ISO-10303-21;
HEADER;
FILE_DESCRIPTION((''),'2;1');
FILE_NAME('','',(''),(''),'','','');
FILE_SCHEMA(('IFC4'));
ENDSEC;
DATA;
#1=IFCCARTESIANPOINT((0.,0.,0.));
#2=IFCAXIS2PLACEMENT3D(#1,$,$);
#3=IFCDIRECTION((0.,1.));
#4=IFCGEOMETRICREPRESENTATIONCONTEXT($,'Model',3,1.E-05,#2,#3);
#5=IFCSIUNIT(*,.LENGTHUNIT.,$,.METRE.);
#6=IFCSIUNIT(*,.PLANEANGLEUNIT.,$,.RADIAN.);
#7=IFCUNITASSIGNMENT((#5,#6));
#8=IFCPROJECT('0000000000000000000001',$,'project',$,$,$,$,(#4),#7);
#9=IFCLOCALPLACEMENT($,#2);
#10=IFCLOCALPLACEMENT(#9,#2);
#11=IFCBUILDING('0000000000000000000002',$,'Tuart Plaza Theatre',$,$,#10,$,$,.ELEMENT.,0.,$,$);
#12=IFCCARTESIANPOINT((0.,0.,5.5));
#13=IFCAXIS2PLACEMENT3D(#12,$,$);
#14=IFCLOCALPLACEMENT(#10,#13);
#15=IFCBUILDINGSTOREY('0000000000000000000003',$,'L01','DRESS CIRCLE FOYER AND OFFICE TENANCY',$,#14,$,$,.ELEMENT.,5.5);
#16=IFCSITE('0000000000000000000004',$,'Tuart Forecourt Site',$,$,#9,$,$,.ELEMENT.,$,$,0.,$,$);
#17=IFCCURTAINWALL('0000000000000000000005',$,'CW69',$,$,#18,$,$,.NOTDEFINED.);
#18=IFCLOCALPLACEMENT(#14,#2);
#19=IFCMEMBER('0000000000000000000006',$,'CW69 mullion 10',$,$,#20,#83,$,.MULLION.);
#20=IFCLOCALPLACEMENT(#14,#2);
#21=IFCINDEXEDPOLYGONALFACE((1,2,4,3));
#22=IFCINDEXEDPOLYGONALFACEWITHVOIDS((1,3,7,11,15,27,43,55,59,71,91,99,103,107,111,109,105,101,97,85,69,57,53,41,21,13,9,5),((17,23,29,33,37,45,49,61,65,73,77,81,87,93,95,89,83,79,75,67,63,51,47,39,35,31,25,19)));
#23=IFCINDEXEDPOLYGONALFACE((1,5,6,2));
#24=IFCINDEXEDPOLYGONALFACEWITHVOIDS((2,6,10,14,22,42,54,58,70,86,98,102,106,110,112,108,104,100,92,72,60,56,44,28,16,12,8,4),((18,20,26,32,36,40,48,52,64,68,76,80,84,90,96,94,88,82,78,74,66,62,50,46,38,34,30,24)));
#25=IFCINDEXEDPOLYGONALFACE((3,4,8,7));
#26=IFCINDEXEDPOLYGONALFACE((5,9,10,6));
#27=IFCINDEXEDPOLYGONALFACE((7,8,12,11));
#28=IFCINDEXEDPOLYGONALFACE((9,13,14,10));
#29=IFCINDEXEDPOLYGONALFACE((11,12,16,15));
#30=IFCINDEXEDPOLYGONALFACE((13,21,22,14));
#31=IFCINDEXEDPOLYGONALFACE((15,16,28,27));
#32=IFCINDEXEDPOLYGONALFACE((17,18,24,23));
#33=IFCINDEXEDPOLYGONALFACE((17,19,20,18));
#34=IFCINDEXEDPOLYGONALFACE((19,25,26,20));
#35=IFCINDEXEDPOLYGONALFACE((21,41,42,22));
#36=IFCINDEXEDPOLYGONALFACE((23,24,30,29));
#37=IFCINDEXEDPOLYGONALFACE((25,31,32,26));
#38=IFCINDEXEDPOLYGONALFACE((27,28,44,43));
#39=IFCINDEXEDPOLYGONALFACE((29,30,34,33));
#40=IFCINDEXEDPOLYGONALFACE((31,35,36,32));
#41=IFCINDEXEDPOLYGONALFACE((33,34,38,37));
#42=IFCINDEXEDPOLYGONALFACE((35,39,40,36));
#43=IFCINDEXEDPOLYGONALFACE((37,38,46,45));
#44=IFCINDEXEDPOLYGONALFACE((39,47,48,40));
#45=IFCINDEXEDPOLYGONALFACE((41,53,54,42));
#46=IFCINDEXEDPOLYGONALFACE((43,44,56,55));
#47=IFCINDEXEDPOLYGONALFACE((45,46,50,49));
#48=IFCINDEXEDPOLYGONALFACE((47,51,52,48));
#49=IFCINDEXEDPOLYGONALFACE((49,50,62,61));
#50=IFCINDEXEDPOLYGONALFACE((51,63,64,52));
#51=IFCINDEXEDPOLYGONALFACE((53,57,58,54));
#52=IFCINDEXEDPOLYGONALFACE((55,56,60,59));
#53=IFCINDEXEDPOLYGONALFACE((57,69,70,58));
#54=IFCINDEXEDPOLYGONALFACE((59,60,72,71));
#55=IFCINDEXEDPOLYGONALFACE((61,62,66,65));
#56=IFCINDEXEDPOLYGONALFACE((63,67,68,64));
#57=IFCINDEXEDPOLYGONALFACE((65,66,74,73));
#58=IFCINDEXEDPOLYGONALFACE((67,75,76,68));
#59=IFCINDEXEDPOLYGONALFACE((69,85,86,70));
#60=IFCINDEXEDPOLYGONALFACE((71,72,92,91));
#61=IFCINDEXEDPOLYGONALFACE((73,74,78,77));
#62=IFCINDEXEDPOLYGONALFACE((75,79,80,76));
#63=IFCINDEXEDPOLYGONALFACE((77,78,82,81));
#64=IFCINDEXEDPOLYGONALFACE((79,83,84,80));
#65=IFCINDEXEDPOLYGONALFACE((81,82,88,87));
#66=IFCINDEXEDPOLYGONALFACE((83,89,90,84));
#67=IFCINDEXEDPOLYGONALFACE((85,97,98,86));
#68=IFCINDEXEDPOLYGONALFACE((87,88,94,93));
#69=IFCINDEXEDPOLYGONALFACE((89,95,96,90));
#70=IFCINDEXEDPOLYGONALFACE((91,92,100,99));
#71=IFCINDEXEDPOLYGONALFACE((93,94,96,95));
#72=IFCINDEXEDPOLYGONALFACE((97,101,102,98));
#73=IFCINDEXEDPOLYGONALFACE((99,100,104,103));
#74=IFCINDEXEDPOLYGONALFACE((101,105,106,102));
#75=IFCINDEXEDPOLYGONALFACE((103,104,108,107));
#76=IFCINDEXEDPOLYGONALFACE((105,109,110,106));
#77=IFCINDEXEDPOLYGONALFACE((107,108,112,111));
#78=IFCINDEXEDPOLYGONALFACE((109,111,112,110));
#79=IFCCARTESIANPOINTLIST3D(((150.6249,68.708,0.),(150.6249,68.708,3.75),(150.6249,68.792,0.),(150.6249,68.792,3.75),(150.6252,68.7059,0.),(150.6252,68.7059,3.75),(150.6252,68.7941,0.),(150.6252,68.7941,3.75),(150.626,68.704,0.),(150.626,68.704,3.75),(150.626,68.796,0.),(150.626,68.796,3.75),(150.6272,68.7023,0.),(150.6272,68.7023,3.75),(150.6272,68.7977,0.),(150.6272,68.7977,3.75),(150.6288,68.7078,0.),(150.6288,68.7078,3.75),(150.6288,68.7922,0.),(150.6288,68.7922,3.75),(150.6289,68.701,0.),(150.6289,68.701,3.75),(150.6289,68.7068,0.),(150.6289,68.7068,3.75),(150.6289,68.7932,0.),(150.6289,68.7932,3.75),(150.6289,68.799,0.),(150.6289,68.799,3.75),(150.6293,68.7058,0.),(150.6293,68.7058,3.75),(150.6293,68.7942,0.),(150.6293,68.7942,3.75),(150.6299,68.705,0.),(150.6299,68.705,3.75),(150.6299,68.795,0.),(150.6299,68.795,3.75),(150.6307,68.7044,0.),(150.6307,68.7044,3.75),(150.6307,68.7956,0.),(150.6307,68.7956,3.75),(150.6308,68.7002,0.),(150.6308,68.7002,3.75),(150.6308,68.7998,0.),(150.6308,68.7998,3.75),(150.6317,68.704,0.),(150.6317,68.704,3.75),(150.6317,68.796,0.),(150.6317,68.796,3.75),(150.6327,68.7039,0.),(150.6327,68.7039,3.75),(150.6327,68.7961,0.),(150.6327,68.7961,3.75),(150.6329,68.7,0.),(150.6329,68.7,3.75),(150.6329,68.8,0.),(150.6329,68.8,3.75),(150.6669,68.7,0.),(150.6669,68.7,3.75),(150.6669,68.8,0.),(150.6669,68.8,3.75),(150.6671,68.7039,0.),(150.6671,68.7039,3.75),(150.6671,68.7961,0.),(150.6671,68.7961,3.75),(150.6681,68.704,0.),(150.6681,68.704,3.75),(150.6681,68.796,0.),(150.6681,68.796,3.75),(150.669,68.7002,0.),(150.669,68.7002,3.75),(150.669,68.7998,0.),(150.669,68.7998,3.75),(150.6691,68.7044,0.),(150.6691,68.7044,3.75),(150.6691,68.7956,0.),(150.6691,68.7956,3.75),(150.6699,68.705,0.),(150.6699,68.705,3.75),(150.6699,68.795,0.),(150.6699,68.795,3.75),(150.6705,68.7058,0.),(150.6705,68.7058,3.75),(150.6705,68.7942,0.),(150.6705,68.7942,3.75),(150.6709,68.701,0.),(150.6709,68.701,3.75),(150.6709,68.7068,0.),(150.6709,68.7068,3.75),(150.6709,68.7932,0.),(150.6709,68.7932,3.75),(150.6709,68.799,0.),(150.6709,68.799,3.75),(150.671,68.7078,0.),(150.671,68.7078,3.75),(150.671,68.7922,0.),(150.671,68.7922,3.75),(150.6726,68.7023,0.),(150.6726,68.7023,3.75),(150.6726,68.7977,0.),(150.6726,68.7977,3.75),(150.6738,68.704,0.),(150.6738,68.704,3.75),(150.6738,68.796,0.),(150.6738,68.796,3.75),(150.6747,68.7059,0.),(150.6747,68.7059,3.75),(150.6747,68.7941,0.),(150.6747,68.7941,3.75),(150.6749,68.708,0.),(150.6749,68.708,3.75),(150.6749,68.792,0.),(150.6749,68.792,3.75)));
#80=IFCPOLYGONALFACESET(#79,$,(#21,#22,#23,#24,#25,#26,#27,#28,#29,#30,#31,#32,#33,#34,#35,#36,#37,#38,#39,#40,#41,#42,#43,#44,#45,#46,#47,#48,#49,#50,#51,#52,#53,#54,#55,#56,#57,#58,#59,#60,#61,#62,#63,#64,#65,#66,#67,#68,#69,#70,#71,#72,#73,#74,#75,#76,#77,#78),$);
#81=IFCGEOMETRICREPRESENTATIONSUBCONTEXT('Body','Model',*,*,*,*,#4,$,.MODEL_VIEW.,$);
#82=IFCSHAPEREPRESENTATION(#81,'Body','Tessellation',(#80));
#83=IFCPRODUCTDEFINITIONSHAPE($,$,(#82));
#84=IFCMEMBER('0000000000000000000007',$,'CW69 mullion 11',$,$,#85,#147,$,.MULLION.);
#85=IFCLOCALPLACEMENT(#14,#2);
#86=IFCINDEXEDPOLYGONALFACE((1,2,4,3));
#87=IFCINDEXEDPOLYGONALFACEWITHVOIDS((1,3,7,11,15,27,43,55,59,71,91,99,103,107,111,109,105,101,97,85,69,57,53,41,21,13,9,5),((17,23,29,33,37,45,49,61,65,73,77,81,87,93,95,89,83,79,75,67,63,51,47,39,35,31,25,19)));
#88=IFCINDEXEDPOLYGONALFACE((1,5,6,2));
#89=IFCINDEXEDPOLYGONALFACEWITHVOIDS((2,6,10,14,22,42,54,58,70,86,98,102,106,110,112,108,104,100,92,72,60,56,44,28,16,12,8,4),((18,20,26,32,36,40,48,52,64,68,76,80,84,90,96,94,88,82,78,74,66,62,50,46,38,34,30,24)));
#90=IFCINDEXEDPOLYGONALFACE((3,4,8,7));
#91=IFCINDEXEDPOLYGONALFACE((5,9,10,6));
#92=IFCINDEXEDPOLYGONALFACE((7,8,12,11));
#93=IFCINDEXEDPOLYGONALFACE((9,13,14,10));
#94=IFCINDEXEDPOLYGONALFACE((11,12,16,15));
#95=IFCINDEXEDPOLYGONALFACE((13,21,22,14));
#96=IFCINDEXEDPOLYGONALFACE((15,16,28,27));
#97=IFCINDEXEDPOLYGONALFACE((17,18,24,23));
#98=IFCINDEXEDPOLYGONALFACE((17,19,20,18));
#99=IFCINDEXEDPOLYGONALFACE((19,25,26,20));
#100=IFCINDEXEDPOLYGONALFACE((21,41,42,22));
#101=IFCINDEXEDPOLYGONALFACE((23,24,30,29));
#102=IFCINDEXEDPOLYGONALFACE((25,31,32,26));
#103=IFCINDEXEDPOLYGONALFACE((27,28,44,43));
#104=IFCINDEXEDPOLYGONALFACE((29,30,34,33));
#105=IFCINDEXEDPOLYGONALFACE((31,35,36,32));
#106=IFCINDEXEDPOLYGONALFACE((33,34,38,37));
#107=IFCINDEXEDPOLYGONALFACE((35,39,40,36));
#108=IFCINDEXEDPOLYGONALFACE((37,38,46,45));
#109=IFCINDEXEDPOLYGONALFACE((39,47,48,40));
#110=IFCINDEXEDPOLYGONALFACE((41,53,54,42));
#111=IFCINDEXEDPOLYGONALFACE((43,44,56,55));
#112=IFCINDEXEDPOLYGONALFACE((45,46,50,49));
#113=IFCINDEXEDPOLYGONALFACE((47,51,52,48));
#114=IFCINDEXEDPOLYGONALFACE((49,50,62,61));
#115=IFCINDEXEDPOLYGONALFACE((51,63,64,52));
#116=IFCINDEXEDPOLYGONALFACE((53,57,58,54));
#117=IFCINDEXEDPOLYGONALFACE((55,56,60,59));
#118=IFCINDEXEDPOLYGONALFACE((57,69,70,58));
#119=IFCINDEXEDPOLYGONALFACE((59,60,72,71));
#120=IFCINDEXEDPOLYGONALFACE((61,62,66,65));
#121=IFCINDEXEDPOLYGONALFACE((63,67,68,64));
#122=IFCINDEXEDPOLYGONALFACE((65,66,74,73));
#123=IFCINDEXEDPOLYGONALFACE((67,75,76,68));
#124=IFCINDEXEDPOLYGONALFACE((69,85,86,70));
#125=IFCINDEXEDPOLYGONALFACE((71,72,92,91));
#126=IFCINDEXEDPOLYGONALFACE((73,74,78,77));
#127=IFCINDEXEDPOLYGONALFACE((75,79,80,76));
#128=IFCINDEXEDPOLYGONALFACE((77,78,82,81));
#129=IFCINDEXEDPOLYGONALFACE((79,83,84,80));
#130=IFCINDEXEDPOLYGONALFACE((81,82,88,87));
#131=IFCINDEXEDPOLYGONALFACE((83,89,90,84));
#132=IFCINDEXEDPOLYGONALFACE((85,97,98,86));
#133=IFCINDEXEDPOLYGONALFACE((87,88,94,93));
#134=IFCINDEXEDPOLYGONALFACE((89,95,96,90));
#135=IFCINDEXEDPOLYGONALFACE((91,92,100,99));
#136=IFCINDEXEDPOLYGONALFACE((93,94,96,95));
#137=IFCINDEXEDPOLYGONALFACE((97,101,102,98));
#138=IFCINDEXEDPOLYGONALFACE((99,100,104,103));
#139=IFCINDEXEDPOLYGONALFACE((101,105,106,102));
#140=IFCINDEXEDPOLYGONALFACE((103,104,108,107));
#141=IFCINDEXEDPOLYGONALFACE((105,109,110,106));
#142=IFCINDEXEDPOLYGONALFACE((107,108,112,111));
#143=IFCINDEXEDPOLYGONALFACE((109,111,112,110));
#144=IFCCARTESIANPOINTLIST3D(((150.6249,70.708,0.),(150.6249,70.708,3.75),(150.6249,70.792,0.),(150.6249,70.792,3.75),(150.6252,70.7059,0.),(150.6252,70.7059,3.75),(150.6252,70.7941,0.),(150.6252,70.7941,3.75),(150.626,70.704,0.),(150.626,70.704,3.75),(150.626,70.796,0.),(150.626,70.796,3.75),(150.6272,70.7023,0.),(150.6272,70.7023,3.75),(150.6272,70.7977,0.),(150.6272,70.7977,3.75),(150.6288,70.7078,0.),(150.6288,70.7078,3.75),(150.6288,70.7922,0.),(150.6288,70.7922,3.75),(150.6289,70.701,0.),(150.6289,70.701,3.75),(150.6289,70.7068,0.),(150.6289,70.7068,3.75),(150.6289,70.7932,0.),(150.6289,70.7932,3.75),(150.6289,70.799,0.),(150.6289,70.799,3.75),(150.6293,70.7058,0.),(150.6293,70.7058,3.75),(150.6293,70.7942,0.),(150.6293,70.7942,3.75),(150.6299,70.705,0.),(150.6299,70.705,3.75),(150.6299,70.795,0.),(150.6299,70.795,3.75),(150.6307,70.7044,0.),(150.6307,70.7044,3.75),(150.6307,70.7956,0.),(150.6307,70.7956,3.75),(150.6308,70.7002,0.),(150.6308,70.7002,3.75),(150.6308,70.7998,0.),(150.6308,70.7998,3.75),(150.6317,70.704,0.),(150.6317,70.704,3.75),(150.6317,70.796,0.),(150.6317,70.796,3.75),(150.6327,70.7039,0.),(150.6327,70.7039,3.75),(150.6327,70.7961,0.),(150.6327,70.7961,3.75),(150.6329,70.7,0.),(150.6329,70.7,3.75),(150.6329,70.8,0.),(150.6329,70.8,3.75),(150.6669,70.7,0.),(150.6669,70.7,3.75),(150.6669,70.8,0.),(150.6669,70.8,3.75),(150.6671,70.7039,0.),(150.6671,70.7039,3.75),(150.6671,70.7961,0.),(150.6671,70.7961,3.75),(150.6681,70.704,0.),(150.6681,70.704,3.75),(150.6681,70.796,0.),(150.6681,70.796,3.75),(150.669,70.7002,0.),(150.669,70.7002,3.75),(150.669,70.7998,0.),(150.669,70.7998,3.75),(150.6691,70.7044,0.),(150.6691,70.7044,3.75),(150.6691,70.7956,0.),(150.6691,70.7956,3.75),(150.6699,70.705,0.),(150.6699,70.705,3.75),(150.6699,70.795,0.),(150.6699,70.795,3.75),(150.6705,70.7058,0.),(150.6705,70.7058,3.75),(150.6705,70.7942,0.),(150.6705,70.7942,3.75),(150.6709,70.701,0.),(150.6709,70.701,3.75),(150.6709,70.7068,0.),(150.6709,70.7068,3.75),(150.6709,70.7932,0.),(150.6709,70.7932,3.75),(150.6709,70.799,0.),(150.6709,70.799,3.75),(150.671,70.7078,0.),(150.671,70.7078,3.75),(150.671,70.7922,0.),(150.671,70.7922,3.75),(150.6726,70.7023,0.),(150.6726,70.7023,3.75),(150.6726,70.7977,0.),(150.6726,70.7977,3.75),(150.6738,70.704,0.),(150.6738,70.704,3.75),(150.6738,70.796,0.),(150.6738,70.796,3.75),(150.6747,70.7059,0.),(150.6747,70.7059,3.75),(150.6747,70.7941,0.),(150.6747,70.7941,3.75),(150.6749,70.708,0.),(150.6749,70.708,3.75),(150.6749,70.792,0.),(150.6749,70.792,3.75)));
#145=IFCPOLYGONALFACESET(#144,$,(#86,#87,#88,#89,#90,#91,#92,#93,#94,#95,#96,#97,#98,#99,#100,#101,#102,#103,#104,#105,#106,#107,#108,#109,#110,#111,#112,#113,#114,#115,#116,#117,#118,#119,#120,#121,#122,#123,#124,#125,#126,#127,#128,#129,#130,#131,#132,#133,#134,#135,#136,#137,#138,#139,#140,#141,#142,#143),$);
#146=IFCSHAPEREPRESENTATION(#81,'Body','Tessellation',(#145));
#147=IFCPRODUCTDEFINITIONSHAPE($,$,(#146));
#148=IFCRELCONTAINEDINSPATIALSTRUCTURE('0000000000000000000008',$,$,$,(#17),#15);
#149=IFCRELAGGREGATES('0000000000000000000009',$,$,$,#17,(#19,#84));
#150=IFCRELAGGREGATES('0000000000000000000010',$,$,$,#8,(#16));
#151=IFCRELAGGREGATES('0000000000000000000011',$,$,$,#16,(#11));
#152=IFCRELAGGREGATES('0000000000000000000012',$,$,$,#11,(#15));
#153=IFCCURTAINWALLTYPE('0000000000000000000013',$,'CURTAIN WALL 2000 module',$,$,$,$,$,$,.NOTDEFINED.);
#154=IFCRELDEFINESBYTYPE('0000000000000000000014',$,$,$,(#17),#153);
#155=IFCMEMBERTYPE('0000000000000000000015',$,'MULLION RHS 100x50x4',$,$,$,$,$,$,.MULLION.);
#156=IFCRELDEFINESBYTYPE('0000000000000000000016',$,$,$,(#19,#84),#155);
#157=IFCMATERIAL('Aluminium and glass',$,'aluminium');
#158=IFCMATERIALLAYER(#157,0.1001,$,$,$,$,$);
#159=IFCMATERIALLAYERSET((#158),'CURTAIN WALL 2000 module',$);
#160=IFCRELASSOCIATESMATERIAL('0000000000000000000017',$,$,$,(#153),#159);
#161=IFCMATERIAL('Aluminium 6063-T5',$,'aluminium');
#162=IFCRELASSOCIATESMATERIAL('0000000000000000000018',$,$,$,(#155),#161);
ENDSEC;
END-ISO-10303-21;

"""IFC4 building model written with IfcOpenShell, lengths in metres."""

from ifc_helpers import new_model, si_unit, direction, frame, origin, origin_2d, place, context, subcontext, project, spatial, hollow_rectangle, extrude, material, layer, layer_set, material_profile, profile_set, type_object, element, aggregate, save


model = new_model("IFC4")

# Units and contexts
model_context = context("Model", 3, precision=1e-05, world=origin(), true_north=direction((0.0, 1.0)))
body_context = subcontext(model_context, "Body", "Model", "MODEL_VIEW")
ifc_project = project(units=[si_unit("LENGTHUNIT", "METRE"), si_unit("PLANEANGLEUNIT", "RADIAN")], contexts=[model_context])

# Site, building, storey
site_placement = place(None, origin())
site = spatial("IfcSite", under=ifc_project, at=site_placement, Name="Tuart Forecourt Site", CompositionType="ELEMENT", RefElevation=0.0)
building_placement = place(site_placement, origin())
building = spatial("IfcBuilding", under=site, at=building_placement, Name="Tuart Plaza Theatre", CompositionType="ELEMENT", ElevationOfRefHeight=0.0)
storey_placement = place(building_placement, frame((0.0, 0.0, 5.5)))
storey = spatial("IfcBuildingStorey", under=building, at=storey_placement, Name="L01", Description="DRESS CIRCLE FOYER AND OFFICE TENANCY", CompositionType="ELEMENT", Elevation=5.5)

# Curtain wall, members
ifc_material_1 = material(Name="Aluminium and glass", Category="aluminium")
ifc_layer_1 = layer(ifc_material_1, 0.1001)
ifc_layer_set_1 = layer_set([ifc_layer_1], Name="CURTAIN WALL 2000 module")
curtain_wall_type = type_object("IfcCurtainWallType", Name="CURTAIN WALL 2000 module", PredefinedType="NOTDEFINED", material=ifc_layer_set_1)
curtain_wall_placement = place(storey_placement, origin())
curtain_wall = element("IfcCurtainWall", 1, at=curtain_wall_placement, inside=storey, type_object=curtain_wall_type, Name="CW69", PredefinedType="NOTDEFINED")
ifc_material_2 = material(Name="Aluminium 6063-T5", Category="aluminium")
ifc_material_profile_1 = material_profile(ifc_material_2, hollow_rectangle(XDim=0.05, YDim=0.1001, WallThickness=0.0039, InnerFilletRadius=0.0039, OuterFilletRadius=0.0081, at=origin_2d()), Name="RHS 100x50x4")
ifc_profile_set_1 = profile_set([ifc_material_profile_1], Name="Aluminium 6063-T5")
member_type_1 = type_object("IfcMemberType", Name="MULLION RHS 100x50x4", PredefinedType="MULLION", material=ifc_profile_set_1)
member_1_placement = place(storey_placement, frame((150.6499, 68.75, 0.0), z_axis=(0.0, 0.0, 1.0), x_axis=(-1.0, 0.0, 0.0)))
member_1 = element("IfcMember", 2, at=member_1_placement, type_object=member_type_1, Name="CW69 mullion 10", PredefinedType="MULLION", context=body_context, shape_type="SweptSolid", body=[
    extrude(hollow_rectangle(XDim=0.05, YDim=0.1001, WallThickness=0.0039, InnerFilletRadius=0.0039, OuterFilletRadius=0.0081, at=origin_2d()), origin(), (0.0, 0.0, 1.0), 3.75),
])
member_2_placement = place(storey_placement, frame((150.6499, 70.75, 0.0), z_axis=(0.0, 0.0, 1.0), x_axis=(-1.0, 0.0, 0.0)))
member_2 = element("IfcMember", 3, at=member_2_placement, type_object=member_type_1, Name="CW69 mullion 11", PredefinedType="MULLION", context=body_context, shape_type="SweptSolid", body=[
    extrude(hollow_rectangle(XDim=0.05, YDim=0.1001, WallThickness=0.0039, InnerFilletRadius=0.0039, OuterFilletRadius=0.0081, at=origin_2d()), origin(), (0.0, 0.0, 1.0), 3.75),
])
aggregate(curtain_wall, [member_1, member_2])

save(model, "model.ifc")
